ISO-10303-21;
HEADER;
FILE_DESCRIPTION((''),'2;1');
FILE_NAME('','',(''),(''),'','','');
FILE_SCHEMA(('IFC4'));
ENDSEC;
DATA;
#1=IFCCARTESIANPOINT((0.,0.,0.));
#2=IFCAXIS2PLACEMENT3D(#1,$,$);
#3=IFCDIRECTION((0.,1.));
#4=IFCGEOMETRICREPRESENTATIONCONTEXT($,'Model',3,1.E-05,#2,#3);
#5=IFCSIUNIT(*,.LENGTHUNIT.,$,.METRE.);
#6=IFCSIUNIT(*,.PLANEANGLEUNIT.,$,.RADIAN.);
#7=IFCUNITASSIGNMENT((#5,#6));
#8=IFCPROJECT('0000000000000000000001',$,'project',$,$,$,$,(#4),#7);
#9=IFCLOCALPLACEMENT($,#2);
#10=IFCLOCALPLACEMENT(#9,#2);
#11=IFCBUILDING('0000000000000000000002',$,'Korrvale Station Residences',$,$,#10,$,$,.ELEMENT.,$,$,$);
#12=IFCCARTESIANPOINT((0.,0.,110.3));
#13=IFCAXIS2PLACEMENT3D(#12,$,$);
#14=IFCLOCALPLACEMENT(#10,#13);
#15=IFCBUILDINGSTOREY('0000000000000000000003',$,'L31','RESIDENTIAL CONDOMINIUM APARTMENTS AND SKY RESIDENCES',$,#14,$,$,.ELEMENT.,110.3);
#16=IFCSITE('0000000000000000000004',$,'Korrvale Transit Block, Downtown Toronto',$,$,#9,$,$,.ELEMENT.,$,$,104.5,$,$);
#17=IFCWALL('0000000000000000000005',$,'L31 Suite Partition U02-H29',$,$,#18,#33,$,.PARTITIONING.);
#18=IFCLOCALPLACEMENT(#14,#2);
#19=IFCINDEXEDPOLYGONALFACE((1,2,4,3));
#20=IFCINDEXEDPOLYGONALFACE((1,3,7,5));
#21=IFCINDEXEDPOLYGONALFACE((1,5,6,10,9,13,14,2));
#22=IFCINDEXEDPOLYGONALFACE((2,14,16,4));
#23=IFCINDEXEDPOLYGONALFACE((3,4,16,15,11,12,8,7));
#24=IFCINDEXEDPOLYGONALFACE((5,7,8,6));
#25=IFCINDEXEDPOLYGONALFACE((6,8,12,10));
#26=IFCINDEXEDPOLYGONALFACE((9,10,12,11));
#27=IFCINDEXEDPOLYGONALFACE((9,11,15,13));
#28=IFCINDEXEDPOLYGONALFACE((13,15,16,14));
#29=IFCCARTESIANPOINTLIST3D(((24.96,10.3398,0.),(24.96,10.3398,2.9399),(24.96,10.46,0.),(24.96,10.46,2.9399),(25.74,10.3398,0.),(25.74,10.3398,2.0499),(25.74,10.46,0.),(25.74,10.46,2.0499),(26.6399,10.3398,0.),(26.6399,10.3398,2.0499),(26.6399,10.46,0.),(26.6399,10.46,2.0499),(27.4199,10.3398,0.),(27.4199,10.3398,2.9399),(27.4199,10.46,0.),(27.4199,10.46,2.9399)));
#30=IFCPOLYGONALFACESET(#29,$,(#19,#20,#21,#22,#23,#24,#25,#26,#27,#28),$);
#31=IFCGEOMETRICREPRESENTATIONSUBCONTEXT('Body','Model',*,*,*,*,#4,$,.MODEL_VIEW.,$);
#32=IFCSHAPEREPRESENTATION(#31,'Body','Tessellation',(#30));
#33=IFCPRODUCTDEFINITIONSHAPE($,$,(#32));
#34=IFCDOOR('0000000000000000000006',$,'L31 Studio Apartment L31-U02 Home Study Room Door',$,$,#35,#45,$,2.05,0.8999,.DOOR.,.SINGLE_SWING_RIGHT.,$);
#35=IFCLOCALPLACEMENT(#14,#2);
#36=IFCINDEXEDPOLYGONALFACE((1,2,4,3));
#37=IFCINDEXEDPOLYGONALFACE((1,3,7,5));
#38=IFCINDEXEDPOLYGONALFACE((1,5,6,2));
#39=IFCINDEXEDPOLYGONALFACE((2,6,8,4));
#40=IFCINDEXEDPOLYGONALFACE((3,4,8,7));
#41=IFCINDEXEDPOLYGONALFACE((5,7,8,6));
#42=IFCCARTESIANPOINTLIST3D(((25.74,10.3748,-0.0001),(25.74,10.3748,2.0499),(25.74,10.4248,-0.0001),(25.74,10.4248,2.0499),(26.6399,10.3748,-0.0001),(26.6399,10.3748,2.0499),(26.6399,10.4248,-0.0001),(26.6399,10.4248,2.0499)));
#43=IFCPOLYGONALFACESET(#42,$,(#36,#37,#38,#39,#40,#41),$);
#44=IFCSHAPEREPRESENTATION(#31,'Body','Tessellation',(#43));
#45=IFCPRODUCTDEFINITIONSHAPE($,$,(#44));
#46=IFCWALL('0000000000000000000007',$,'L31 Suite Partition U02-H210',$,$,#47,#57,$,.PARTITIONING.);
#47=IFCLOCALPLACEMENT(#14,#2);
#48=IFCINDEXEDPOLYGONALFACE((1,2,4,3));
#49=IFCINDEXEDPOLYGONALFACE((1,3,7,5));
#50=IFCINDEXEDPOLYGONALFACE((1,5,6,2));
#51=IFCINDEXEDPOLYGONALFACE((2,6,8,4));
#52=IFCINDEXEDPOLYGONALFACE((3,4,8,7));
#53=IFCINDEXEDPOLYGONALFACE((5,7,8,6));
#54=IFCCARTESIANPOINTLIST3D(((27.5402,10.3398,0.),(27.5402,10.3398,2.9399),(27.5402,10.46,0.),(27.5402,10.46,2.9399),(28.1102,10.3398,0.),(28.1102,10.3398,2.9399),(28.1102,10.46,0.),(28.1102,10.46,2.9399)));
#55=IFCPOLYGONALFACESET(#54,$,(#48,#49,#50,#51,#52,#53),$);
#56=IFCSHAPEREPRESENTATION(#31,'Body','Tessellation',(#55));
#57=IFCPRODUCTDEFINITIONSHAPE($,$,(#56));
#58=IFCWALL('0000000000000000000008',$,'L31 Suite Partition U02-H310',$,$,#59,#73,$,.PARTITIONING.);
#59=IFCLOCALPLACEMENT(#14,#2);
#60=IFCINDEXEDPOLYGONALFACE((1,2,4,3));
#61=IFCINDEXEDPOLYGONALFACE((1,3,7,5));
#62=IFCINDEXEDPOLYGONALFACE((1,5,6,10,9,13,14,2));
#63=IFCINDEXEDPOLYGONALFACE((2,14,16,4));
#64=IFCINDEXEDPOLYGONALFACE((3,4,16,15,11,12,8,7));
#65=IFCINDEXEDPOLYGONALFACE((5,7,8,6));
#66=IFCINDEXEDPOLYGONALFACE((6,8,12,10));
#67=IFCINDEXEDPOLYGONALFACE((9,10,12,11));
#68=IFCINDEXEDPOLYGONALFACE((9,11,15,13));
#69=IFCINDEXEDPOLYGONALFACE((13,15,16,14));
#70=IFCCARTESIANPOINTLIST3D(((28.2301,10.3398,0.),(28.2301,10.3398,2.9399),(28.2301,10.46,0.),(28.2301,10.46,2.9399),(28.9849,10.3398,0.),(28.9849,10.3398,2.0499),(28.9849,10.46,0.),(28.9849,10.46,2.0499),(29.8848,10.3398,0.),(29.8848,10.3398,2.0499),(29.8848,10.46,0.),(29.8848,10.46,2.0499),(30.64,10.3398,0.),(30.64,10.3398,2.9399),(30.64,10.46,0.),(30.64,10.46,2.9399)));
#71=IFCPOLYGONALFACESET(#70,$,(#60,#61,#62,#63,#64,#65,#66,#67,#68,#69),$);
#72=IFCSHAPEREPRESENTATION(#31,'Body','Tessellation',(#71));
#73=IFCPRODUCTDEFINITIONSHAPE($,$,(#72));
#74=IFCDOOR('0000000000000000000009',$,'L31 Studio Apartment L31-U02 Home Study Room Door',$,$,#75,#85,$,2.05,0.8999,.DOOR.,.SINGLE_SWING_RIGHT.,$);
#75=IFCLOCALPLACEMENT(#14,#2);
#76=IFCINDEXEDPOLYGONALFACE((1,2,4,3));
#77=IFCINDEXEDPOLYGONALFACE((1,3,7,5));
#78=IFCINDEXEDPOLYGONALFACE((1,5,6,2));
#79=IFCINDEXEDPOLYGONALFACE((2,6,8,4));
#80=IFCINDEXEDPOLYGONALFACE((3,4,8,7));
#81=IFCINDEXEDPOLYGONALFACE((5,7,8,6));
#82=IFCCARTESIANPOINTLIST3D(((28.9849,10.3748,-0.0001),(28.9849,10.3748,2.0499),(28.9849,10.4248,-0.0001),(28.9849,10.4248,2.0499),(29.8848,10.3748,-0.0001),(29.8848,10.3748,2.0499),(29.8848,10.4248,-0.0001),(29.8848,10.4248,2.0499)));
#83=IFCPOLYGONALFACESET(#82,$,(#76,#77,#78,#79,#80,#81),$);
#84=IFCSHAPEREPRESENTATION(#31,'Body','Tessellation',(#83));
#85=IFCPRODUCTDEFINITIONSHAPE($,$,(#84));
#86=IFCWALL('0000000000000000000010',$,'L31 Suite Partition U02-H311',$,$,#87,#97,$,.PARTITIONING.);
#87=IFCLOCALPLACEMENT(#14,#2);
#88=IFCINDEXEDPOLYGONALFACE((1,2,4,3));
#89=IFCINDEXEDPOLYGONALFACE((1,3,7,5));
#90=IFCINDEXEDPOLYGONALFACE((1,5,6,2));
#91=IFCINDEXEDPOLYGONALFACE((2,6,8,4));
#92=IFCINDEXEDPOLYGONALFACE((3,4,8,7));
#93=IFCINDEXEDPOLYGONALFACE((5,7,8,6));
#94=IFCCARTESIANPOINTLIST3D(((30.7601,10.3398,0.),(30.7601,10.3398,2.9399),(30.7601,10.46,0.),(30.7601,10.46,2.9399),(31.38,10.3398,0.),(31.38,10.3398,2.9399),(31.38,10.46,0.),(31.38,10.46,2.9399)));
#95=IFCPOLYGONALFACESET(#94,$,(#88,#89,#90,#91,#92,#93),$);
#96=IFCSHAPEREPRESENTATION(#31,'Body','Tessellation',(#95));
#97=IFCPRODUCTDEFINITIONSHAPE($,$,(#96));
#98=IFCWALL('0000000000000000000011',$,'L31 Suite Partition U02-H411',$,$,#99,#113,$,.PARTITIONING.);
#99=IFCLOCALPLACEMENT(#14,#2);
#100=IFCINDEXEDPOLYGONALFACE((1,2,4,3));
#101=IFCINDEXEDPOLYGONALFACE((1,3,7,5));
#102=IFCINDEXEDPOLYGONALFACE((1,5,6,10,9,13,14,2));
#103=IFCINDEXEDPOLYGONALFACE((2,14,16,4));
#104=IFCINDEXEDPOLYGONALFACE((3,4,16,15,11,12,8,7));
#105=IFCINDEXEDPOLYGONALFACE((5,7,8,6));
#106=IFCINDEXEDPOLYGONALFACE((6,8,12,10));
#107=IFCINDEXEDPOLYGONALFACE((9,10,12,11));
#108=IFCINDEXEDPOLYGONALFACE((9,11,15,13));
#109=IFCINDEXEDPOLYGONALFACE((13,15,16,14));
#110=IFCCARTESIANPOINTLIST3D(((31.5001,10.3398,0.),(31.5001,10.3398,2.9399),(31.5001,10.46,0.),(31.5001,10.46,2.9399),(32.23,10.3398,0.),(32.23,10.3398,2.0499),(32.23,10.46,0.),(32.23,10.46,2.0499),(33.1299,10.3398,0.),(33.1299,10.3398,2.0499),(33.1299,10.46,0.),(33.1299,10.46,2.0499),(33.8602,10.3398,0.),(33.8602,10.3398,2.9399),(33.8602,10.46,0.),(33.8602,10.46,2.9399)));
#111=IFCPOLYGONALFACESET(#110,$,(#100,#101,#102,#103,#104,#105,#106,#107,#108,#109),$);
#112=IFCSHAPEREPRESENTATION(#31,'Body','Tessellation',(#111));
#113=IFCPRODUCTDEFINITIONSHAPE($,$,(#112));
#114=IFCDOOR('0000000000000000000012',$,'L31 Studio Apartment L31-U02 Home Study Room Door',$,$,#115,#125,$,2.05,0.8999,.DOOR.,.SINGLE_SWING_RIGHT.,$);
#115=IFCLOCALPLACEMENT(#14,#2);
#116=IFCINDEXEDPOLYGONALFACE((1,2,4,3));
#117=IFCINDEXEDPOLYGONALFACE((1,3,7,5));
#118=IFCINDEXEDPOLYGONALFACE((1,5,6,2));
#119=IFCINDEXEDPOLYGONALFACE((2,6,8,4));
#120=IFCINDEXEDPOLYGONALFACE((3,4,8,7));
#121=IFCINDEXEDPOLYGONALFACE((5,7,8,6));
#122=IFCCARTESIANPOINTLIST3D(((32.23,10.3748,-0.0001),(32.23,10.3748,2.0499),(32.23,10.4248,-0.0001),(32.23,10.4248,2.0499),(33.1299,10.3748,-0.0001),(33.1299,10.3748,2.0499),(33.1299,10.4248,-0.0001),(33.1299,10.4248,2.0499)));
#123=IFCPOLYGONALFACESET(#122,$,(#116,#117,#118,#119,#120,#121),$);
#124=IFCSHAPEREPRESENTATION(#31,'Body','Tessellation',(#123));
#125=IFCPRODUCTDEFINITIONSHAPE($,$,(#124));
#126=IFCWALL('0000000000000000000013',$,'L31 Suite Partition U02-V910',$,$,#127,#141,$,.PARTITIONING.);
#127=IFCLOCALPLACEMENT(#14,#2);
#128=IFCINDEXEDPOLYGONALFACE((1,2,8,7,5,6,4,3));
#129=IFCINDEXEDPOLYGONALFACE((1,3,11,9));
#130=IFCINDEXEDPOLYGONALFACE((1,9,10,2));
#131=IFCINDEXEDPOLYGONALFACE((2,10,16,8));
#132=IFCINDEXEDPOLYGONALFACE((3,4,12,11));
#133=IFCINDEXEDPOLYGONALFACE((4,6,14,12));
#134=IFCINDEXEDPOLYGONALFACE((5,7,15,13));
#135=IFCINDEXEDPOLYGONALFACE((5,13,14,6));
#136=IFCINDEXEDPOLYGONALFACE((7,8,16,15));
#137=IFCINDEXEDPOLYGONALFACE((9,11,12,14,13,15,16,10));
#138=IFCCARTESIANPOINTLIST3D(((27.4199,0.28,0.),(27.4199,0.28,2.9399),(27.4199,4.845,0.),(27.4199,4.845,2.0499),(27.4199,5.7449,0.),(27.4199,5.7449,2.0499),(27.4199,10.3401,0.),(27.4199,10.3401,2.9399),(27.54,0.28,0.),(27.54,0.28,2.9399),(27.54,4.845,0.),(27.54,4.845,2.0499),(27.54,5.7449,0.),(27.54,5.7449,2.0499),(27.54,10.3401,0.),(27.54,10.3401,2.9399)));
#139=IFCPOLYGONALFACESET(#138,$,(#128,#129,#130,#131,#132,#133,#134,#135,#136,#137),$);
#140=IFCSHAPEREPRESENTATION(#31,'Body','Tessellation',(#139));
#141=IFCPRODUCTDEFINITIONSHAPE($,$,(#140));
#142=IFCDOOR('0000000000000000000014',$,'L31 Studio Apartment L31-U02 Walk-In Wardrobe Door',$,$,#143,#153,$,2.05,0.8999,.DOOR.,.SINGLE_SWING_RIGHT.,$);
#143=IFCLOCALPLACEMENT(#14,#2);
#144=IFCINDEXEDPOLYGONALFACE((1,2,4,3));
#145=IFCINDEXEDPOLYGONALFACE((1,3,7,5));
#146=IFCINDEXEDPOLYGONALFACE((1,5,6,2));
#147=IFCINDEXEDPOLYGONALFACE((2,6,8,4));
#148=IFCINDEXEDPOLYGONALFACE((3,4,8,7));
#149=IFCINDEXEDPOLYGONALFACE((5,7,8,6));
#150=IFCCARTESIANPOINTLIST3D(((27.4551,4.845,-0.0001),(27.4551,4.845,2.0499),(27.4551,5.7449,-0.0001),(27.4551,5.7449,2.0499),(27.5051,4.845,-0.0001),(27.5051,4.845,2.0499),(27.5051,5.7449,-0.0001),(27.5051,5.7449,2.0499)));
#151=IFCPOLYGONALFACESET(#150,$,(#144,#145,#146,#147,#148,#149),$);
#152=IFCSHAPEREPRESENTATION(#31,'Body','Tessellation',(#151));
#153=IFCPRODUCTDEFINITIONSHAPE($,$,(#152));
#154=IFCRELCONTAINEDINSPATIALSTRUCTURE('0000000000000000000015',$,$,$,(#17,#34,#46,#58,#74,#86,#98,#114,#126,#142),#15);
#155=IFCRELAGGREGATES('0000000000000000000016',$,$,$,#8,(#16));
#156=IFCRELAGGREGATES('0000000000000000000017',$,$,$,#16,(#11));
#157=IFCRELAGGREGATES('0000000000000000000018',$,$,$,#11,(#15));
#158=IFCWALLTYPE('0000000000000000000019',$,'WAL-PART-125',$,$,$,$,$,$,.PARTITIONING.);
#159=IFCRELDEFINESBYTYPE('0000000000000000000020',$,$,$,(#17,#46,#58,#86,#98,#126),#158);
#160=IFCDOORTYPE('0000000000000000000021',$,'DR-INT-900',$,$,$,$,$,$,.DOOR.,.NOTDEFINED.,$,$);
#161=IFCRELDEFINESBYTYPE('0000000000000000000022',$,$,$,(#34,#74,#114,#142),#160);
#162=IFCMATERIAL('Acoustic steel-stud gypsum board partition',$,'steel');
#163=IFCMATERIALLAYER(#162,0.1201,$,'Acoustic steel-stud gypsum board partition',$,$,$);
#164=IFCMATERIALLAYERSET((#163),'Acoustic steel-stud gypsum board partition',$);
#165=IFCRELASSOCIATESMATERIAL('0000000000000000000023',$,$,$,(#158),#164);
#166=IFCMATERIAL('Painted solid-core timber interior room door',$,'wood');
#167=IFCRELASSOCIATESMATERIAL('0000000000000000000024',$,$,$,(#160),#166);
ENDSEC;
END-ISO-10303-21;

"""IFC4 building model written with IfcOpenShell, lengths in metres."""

from ifc_helpers import new_model, si_unit, direction, frame, frame_2d, origin, place, context, subcontext, project, spatial, rectangle, extrude, material, layer, layer_set, type_object, element, fill, save


model = new_model("IFC4")

# Units and contexts
model_context = context("Model", 3, precision=1e-05, world=origin(), true_north=direction((0.0, 1.0)))
body_context = subcontext(model_context, "Body", "Model", "MODEL_VIEW")
ifc_project = project(units=[si_unit("LENGTHUNIT", "METRE"), si_unit("PLANEANGLEUNIT", "RADIAN")], contexts=[model_context])

# Site, building, storey
site_placement = place(None, origin())
site = spatial("IfcSite", under=ifc_project, at=site_placement, Name="Korrvale Transit Block, Downtown Toronto", CompositionType="ELEMENT", RefElevation=104.5)
building_placement = place(site_placement, origin())
building = spatial("IfcBuilding", under=site, at=building_placement, Name="Korrvale Station Residences", CompositionType="ELEMENT")
storey_placement = place(building_placement, frame((0.0, 0.0, 110.3)))
storey = spatial("IfcBuildingStorey", under=building, at=storey_placement, Name="L31", Description="RESIDENTIAL CONDOMINIUM APARTMENTS AND SKY RESIDENCES", CompositionType="ELEMENT", Elevation=110.3)

# Wall, opening, door
ifc_material_1 = material(Name="Acoustic steel-stud gypsum board partition", Category="steel")
ifc_layer_1 = layer(ifc_material_1, 0.1201, Name="Acoustic steel-stud gypsum board partition")
ifc_layer_set_1 = layer_set([ifc_layer_1], Name="Acoustic steel-stud gypsum board partition")
wall_type = type_object("IfcWallType", Name="WAL-PART-125", PredefinedType="PARTITIONING", material=ifc_layer_set_1)
ifc_material_2 = material(Name="Painted solid-core timber interior room door", Category="wood")
door_type = type_object("IfcDoorType", Name="DR-INT-900", OperationType="NOTDEFINED", PredefinedType="DOOR", material=ifc_material_2)
wall_1_placement = place(storey_placement, frame((24.96, 10.3999, 0.0), z_axis=(0.0, 0.0, 1.0), x_axis=(1.0, 0.0, 0.0)))
wall_1 = element("IfcWall", 1, at=wall_1_placement, inside=storey, type_object=wall_type, Name="L31 Suite Partition U02-H29", PredefinedType="PARTITIONING", context=body_context, shape_type="SweptSolid", body=[
    extrude(rectangle(XDim=2.46, YDim=0.1201, at=frame_2d((1.23, 0.0))), origin(), (0.0, 0.0, 1.0), 2.9399),
])
opening_1_placement = place(wall_1_placement, frame((0.78, 0.0, 0.0)))
opening_1 = element("IfcOpeningElement", 2, at=opening_1_placement, cuts=wall_1, PredefinedType="OPENING", context=body_context, shape_type="SweptSolid", body=[
    extrude(rectangle(XDim=0.8999, YDim=2.05, at=frame_2d((0.45, 1.0249))), frame((0.0, 0.0701, 0.0), z_axis=(0.0, -1.0, 0.0), x_axis=(1.0, 0.0, 0.0)), (0.0, 0.0, 1.0), 0.1401),
])
door_1_placement = place(opening_1_placement, origin())
door_1 = element("IfcDoor", 3, at=door_1_placement, inside=storey, type_object=door_type, Name="L31 Studio Apartment L31-U02 Home Study Room Door", OperationType="SINGLE_SWING_RIGHT", OverallHeight=2.05, OverallWidth=0.8999, PredefinedType="DOOR", context=body_context, shape_type="SweptSolid", body=[
    extrude(rectangle(XDim=0.8999, YDim=2.05, at=frame_2d((0.45, 1.0249))), frame((0.0, 0.0249, 0.0), z_axis=(0.0, -1.0, 0.0), x_axis=(1.0, 0.0, 0.0)), (0.0, 0.0, 1.0), 0.05),
])
fill(opening_1, door_1)

# Wall
wall_2_placement = place(storey_placement, frame((27.54, 10.3999, 0.0), z_axis=(0.0, 0.0, 1.0), x_axis=(1.0, 0.0, 0.0)))
element("IfcWall", 4, at=wall_2_placement, inside=storey, type_object=wall_type, Name="L31 Suite Partition U02-H210", PredefinedType="PARTITIONING", context=body_context, shape_type="SweptSolid", body=[
    extrude(rectangle(XDim=0.5701, YDim=0.1201, at=frame_2d((0.2852, 0.0))), origin(), (0.0, 0.0, 1.0), 2.9399),
])

# Wall, opening, door
wall_3_placement = place(storey_placement, frame((28.23, 10.3999, 0.0), z_axis=(0.0, 0.0, 1.0), x_axis=(1.0, 0.0, 0.0)))
wall_3 = element("IfcWall", 5, at=wall_3_placement, inside=storey, type_object=wall_type, Name="L31 Suite Partition U02-H310", PredefinedType="PARTITIONING", context=body_context, shape_type="SweptSolid", body=[
    extrude(rectangle(XDim=2.4099, YDim=0.1201, at=frame_2d((1.2051, 0.0))), origin(), (0.0, 0.0, 1.0), 2.9399),
])
opening_2_placement = place(wall_3_placement, frame((0.7549, 0.0, 0.0)))
opening_2 = element("IfcOpeningElement", 6, at=opening_2_placement, cuts=wall_3, PredefinedType="OPENING", context=body_context, shape_type="SweptSolid", body=[
    extrude(rectangle(XDim=0.8999, YDim=2.05, at=frame_2d((0.45, 1.0249))), frame((0.0, 0.0701, 0.0), z_axis=(0.0, -1.0, 0.0), x_axis=(1.0, 0.0, 0.0)), (0.0, 0.0, 1.0), 0.1401),
])
door_2_placement = place(opening_2_placement, origin())
door_2 = element("IfcDoor", 7, at=door_2_placement, inside=storey, type_object=door_type, Name="L31 Studio Apartment L31-U02 Home Study Room Door", OperationType="SINGLE_SWING_RIGHT", OverallHeight=2.05, OverallWidth=0.8999, PredefinedType="DOOR", context=body_context, shape_type="SweptSolid", body=[
    extrude(rectangle(XDim=0.8999, YDim=2.05, at=frame_2d((0.45, 1.0249))), frame((0.0, 0.0249, 0.0), z_axis=(0.0, -1.0, 0.0), x_axis=(1.0, 0.0, 0.0)), (0.0, 0.0, 1.0), 0.05),
])
fill(opening_2, door_2)

# Wall
wall_4_placement = place(storey_placement, frame((30.76, 10.3999, 0.0), z_axis=(0.0, 0.0, 1.0), x_axis=(1.0, 0.0, 0.0)))
element("IfcWall", 8, at=wall_4_placement, inside=storey, type_object=wall_type, Name="L31 Suite Partition U02-H311", PredefinedType="PARTITIONING", context=body_context, shape_type="SweptSolid", body=[
    extrude(rectangle(XDim=0.6199, YDim=0.1201, at=frame_2d((0.3101, 0.0))), origin(), (0.0, 0.0, 1.0), 2.9399),
])

# Walls, openings, doors
wall_5_placement = place(storey_placement, frame((31.5, 10.3999, 0.0), z_axis=(0.0, 0.0, 1.0), x_axis=(1.0, 0.0, 0.0)))
wall_5 = element("IfcWall", 9, at=wall_5_placement, inside=storey, type_object=wall_type, Name="L31 Suite Partition U02-H411", PredefinedType="PARTITIONING", context=body_context, shape_type="SweptSolid", body=[
    extrude(rectangle(XDim=2.3601, YDim=0.1201, at=frame_2d((1.1802, 0.0))), origin(), (0.0, 0.0, 1.0), 2.9399),
])
opening_3_placement = place(wall_5_placement, frame((0.73, 0.0, 0.0)))
opening_3 = element("IfcOpeningElement", 10, at=opening_3_placement, cuts=wall_5, PredefinedType="OPENING", context=body_context, shape_type="SweptSolid", body=[
    extrude(rectangle(XDim=0.8999, YDim=2.05, at=frame_2d((0.45, 1.0249))), frame((0.0, 0.0701, 0.0), z_axis=(0.0, -1.0, 0.0), x_axis=(1.0, 0.0, 0.0)), (0.0, 0.0, 1.0), 0.1401),
])
door_3_placement = place(opening_3_placement, origin())
door_3 = element("IfcDoor", 11, at=door_3_placement, inside=storey, type_object=door_type, Name="L31 Studio Apartment L31-U02 Home Study Room Door", OperationType="SINGLE_SWING_RIGHT", OverallHeight=2.05, OverallWidth=0.8999, PredefinedType="DOOR", context=body_context, shape_type="SweptSolid", body=[
    extrude(rectangle(XDim=0.8999, YDim=2.05, at=frame_2d((0.45, 1.0249))), frame((0.0, 0.0249, 0.0), z_axis=(0.0, -1.0, 0.0), x_axis=(1.0, 0.0, 0.0)), (0.0, 0.0, 1.0), 0.05),
])
fill(opening_3, door_3)
wall_6_placement = place(storey_placement, frame((27.48, 0.28, 0.0), z_axis=(0.0, 0.0, 1.0), x_axis=(0.0, 1.0, 0.0)))
wall_6 = element("IfcWall", 12, at=wall_6_placement, inside=storey, type_object=wall_type, Name="L31 Suite Partition U02-V910", PredefinedType="PARTITIONING", context=body_context, shape_type="SweptSolid", body=[
    extrude(rectangle(XDim=10.0601, YDim=0.1201, at=frame_2d((5.03, 0.0))), origin(), (0.0, 0.0, 1.0), 2.9399),
])
opening_4_placement = place(wall_6_placement, frame((4.5649, 0.0, 0.0)))
opening_4 = element("IfcOpeningElement", 13, at=opening_4_placement, cuts=wall_6, PredefinedType="OPENING", context=body_context, shape_type="SweptSolid", body=[
    extrude(rectangle(XDim=0.8999, YDim=2.05, at=frame_2d((0.45, 1.0249))), frame((0.0, 0.0701, 0.0), z_axis=(0.0, -1.0, 0.0), x_axis=(1.0, 0.0, 0.0)), (0.0, 0.0, 1.0), 0.1401),
])
door_4_placement = place(opening_4_placement, origin())
door_4 = element("IfcDoor", 14, at=door_4_placement, inside=storey, type_object=door_type, Name="L31 Studio Apartment L31-U02 Walk-In Wardrobe Door", OperationType="SINGLE_SWING_RIGHT", OverallHeight=2.05, OverallWidth=0.8999, PredefinedType="DOOR", context=body_context, shape_type="SweptSolid", body=[
    extrude(rectangle(XDim=0.8999, YDim=2.05, at=frame_2d((0.45, 1.0249))), frame((0.0, 0.0249, 0.0), z_axis=(0.0, -1.0, 0.0), x_axis=(1.0, 0.0, 0.0)), (0.0, 0.0, 1.0), 0.05),
])
fill(opening_4, door_4)

save(model, "model.ifc")
